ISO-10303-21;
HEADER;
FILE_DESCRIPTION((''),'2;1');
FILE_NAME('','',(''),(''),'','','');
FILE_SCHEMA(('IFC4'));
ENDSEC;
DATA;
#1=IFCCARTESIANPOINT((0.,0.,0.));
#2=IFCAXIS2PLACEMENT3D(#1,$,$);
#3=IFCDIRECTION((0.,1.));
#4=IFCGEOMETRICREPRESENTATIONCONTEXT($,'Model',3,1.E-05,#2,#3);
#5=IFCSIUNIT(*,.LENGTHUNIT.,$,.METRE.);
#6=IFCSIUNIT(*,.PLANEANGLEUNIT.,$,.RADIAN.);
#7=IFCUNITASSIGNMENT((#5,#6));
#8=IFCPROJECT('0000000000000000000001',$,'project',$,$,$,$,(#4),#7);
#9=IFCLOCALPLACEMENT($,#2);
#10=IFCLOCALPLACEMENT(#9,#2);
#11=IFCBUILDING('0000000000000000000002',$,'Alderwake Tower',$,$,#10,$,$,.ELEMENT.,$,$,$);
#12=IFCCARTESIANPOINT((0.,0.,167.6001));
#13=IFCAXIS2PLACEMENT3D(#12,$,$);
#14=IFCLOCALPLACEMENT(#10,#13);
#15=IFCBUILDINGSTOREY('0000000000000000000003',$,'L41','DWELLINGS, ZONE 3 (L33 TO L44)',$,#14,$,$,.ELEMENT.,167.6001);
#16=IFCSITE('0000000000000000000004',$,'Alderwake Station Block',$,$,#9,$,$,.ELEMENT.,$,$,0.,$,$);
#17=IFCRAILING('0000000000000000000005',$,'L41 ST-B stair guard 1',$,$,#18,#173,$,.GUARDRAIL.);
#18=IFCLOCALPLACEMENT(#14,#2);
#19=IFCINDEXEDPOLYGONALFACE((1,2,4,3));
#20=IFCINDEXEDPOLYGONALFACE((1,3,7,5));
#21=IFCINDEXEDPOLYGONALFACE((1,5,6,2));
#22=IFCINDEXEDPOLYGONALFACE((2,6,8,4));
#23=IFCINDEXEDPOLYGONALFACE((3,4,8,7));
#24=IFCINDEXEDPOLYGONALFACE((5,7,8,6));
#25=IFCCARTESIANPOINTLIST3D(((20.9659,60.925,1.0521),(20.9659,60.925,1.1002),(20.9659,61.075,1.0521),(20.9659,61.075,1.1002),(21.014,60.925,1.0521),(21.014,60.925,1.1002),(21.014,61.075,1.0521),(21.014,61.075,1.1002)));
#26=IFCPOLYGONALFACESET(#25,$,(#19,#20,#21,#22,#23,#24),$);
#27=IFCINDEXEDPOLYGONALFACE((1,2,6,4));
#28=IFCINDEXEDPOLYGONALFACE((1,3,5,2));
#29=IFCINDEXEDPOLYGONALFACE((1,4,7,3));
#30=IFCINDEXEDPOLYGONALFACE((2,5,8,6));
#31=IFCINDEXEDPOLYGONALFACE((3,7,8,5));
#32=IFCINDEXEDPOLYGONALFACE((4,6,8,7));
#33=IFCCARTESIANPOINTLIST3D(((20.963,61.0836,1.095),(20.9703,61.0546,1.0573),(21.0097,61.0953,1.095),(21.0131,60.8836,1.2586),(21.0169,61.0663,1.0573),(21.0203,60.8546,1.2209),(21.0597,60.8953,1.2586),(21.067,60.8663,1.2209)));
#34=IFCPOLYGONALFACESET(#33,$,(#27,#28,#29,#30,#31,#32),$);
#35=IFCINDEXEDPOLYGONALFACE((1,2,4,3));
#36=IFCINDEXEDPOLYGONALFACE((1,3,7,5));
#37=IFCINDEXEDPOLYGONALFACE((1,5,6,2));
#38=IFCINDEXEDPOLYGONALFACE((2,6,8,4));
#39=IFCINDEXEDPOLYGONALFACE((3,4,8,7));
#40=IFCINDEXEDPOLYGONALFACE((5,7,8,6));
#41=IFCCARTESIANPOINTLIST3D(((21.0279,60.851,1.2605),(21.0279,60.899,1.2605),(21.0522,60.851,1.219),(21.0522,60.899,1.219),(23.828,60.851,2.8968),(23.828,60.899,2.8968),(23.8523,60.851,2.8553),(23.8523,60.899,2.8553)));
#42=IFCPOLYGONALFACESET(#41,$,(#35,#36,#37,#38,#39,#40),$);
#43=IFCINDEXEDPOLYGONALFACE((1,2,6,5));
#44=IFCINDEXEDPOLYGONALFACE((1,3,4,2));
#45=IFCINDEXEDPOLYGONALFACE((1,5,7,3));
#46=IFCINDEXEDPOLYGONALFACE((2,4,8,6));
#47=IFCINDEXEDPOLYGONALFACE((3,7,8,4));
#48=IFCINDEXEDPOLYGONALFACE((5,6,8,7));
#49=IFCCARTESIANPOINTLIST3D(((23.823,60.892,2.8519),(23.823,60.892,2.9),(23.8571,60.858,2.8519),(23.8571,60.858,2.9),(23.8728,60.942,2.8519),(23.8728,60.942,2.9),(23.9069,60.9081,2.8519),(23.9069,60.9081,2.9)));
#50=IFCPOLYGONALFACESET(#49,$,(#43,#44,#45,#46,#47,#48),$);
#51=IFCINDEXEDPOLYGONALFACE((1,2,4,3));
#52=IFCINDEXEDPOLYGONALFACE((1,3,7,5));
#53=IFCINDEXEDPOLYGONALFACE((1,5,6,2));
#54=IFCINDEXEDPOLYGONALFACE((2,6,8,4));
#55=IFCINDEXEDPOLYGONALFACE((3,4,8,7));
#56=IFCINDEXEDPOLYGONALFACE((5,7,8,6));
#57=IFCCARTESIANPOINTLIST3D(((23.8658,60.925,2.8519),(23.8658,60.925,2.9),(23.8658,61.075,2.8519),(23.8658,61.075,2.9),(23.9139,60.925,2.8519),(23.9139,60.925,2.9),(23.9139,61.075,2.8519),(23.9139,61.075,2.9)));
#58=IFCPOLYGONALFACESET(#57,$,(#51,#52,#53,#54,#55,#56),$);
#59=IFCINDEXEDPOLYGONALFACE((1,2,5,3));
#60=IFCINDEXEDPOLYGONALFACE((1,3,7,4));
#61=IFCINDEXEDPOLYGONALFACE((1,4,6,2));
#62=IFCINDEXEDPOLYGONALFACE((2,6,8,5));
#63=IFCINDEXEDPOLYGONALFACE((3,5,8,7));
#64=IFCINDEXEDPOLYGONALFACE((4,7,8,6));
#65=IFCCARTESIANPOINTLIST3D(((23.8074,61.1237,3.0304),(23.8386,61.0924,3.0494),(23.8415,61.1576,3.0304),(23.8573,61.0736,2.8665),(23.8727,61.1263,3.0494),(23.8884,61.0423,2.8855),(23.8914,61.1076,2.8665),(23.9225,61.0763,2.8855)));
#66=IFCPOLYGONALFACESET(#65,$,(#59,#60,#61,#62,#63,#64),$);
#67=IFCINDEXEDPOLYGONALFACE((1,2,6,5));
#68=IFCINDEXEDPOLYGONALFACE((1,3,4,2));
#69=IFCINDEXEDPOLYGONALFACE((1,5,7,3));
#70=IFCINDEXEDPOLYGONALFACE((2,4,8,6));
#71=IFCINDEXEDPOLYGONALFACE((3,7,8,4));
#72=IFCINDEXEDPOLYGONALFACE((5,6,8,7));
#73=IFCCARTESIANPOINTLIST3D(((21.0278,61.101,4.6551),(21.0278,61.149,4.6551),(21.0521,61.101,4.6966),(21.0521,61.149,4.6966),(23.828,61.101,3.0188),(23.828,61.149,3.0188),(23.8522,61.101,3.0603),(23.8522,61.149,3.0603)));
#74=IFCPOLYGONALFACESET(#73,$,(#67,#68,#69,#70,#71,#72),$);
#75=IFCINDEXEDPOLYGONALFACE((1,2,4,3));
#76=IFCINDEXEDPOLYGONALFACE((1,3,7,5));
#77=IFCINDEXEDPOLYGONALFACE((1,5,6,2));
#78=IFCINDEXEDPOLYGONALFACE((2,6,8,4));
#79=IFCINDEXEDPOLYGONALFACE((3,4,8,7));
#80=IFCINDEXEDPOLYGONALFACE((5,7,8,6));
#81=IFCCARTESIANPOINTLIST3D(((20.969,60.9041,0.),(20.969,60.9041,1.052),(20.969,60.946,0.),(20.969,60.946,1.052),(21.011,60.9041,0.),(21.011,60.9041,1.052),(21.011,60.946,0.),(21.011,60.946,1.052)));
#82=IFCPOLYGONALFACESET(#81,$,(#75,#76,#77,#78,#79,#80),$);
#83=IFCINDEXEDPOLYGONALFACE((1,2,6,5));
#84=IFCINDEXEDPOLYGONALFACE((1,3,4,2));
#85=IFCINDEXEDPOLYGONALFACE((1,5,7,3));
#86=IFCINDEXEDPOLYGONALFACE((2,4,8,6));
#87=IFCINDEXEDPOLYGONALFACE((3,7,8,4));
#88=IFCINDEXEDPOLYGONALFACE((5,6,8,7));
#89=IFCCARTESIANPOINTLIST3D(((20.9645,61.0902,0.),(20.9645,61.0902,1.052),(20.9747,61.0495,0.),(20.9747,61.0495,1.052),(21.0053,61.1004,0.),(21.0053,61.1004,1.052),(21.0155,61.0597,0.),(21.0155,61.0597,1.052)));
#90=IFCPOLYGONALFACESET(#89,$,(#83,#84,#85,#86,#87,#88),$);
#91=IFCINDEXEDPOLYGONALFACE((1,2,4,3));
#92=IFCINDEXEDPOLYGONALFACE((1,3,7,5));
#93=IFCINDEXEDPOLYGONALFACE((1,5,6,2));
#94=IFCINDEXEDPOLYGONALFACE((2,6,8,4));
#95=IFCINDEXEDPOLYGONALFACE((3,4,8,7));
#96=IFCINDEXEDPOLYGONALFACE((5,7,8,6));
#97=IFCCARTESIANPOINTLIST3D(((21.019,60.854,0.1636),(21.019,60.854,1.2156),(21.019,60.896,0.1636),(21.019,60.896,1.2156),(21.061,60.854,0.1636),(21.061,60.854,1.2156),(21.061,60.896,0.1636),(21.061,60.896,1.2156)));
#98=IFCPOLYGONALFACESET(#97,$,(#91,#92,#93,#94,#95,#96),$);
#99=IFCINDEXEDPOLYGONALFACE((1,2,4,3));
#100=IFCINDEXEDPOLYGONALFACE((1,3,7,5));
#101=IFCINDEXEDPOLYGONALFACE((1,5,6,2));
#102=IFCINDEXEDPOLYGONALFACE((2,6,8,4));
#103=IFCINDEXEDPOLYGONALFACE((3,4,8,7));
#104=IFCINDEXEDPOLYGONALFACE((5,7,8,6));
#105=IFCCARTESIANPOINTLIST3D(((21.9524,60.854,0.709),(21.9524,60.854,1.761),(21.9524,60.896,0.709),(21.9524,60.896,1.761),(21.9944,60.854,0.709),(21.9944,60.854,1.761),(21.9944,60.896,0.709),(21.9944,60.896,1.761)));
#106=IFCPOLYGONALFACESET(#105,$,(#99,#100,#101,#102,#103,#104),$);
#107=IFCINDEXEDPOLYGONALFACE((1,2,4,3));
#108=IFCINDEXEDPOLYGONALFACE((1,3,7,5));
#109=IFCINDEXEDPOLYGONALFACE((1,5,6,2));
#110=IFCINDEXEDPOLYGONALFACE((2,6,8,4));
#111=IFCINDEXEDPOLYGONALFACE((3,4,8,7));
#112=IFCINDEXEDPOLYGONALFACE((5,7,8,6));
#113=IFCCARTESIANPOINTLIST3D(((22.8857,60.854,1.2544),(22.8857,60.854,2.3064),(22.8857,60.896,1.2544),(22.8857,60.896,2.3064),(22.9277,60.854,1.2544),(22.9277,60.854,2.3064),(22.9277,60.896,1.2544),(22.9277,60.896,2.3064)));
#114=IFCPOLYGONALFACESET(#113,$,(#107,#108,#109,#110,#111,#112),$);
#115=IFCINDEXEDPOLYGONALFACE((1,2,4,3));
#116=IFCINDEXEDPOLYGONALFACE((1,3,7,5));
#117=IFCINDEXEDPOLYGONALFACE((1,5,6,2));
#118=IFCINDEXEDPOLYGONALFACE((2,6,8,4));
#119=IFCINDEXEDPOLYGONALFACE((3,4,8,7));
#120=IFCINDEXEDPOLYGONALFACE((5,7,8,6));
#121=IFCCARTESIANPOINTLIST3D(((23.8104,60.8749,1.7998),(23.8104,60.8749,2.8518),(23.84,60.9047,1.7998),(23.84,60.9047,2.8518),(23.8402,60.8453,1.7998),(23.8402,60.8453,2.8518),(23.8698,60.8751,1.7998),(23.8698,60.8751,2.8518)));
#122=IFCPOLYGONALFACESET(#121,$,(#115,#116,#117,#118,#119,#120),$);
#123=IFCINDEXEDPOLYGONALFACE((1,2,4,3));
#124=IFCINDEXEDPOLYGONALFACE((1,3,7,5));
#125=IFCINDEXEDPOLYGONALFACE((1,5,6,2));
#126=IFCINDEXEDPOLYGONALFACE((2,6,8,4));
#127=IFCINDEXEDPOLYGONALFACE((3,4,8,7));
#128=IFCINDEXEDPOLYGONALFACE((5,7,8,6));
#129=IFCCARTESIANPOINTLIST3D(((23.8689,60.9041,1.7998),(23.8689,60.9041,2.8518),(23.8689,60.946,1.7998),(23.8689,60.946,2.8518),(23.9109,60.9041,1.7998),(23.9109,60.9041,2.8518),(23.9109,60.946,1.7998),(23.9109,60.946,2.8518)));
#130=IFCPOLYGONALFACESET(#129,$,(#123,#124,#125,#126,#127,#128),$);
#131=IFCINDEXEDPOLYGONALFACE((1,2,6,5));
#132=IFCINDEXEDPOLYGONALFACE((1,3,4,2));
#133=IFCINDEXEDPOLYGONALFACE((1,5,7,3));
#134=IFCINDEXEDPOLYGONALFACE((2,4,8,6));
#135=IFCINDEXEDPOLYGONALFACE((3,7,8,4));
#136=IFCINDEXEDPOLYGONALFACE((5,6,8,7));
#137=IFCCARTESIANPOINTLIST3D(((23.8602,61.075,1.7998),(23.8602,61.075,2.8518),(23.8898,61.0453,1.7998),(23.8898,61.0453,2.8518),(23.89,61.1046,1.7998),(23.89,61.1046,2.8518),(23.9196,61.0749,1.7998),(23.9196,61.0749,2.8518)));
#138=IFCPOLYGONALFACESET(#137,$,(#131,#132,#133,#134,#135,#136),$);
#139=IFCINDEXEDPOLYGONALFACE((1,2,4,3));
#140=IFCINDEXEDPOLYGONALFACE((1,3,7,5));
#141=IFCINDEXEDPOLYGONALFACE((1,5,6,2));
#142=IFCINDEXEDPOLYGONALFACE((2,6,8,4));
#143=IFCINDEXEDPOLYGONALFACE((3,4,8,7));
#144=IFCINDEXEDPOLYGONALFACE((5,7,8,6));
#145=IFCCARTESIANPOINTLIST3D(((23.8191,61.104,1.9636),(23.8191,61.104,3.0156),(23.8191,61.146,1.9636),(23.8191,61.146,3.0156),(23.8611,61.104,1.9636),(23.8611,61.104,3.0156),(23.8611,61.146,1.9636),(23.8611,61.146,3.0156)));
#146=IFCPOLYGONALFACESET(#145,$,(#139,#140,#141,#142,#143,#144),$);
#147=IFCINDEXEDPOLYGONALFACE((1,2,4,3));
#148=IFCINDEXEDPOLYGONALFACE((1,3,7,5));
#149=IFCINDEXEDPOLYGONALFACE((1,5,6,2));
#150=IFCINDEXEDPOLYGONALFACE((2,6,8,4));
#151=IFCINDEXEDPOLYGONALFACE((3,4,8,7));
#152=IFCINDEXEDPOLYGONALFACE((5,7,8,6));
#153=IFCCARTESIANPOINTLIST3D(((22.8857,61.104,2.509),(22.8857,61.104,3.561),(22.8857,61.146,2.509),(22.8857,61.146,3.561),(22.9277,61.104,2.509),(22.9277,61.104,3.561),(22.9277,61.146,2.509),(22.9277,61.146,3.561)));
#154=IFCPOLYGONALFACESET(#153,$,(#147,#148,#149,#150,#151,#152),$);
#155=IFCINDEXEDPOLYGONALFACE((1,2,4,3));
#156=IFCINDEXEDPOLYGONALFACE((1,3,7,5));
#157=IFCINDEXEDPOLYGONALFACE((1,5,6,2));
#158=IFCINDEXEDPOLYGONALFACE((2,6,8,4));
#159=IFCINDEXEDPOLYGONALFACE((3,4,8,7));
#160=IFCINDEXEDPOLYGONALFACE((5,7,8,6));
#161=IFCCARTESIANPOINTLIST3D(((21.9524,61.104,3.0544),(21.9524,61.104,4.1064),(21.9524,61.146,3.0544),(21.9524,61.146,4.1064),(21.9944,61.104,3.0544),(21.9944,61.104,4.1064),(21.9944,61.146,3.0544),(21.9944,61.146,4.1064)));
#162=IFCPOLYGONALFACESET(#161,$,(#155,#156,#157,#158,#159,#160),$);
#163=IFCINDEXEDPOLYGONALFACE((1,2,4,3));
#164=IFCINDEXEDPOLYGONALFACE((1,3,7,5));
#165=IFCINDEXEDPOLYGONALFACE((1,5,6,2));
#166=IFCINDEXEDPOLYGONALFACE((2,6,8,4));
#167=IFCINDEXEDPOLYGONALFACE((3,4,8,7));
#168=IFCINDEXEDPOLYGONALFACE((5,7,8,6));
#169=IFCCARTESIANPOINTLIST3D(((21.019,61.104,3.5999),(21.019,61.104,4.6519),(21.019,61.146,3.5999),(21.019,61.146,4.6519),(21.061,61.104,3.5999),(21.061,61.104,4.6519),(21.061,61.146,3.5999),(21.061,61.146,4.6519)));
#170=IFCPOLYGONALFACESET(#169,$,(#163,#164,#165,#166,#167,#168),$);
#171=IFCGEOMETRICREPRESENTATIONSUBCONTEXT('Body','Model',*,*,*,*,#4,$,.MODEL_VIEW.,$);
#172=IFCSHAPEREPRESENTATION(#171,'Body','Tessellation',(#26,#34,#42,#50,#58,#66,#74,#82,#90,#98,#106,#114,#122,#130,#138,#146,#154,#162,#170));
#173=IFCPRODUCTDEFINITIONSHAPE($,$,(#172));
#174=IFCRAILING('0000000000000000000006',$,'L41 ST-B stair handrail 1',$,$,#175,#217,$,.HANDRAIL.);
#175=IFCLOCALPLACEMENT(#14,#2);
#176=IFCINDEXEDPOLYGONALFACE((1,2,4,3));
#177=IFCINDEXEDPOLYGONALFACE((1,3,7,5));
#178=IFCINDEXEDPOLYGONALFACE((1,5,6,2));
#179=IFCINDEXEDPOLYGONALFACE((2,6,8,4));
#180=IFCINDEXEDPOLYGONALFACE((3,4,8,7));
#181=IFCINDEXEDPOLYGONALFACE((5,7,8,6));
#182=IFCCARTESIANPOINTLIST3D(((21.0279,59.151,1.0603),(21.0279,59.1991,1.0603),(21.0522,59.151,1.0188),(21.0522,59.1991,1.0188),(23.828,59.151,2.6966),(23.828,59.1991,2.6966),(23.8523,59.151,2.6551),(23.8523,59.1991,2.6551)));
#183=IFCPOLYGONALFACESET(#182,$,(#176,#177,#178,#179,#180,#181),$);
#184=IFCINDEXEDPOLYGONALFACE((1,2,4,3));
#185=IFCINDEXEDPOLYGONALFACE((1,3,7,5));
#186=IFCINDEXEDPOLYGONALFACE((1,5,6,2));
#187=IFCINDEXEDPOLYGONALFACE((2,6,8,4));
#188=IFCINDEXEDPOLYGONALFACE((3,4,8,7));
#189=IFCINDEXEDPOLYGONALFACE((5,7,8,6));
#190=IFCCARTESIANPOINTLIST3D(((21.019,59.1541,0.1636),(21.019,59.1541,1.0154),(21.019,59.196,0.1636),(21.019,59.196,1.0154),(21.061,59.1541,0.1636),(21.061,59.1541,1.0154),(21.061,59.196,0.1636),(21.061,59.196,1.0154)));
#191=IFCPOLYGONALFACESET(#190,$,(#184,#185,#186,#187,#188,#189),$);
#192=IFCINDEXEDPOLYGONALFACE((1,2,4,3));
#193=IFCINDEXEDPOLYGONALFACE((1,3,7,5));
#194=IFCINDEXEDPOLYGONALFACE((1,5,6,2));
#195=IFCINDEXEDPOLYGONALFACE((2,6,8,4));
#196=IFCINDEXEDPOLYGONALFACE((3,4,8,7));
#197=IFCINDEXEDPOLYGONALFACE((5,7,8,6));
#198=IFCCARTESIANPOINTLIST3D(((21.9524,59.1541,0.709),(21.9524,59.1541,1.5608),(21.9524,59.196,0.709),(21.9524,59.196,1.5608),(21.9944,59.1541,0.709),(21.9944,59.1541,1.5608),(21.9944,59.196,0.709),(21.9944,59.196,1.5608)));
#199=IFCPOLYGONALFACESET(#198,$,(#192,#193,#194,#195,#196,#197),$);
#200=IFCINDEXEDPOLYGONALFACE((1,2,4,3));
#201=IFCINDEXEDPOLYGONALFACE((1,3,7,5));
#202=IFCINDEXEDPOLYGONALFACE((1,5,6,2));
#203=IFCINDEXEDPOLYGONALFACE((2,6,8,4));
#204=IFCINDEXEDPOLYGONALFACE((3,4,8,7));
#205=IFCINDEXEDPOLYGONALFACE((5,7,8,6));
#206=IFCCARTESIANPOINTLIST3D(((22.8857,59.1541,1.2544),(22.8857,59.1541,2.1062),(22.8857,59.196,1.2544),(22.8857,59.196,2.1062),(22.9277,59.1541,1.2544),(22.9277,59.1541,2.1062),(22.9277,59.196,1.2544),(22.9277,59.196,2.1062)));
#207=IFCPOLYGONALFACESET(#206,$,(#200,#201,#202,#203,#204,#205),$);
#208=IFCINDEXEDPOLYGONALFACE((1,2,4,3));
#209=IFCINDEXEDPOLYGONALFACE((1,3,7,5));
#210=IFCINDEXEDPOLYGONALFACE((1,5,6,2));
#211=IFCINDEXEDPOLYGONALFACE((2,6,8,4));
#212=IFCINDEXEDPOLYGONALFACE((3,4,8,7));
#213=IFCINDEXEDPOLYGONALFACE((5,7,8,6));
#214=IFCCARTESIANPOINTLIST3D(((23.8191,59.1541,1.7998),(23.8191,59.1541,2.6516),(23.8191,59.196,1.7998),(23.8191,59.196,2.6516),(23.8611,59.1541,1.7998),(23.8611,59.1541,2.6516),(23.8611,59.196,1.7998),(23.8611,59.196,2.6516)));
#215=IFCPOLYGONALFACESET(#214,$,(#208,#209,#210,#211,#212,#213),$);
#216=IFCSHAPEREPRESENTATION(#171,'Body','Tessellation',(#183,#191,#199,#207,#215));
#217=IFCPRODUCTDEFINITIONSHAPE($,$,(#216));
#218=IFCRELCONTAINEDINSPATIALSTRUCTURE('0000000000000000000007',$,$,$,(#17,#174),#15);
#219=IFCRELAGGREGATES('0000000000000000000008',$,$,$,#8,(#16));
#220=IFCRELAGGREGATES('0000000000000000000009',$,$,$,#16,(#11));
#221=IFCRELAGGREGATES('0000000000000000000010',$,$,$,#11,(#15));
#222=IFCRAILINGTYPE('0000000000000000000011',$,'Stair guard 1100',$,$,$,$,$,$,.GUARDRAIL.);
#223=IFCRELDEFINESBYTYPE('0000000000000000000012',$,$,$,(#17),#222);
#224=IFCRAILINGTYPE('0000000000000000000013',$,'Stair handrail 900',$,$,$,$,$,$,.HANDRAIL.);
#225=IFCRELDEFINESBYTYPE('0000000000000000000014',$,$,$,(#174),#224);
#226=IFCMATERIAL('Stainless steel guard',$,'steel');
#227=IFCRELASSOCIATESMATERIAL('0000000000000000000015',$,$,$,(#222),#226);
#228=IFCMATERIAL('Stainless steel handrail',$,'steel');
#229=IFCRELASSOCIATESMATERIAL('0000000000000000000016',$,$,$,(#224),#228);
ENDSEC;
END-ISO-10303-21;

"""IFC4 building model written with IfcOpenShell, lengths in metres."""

from ifc_helpers import new_model, si_unit, direction, frame, origin, origin_with_axes, origin_2d, place, context, subcontext, project, spatial, rectangle, extrude, material, type_object, element, save


model = new_model("IFC4")

# Units and contexts
model_context = context("Model", 3, precision=1e-05, world=origin(), true_north=direction((0.0, 1.0)))
body_context = subcontext(model_context, "Body", "Model", "MODEL_VIEW")
ifc_project = project(units=[si_unit("LENGTHUNIT", "METRE"), si_unit("PLANEANGLEUNIT", "RADIAN")], contexts=[model_context])

# Site, building, storey
site_placement = place(None, origin())
site = spatial("IfcSite", under=ifc_project, at=site_placement, Name="Alderwake Station Block", CompositionType="ELEMENT", RefElevation=0.0)
building_placement = place(site_placement, origin())
building = spatial("IfcBuilding", under=site, at=building_placement, Name="Alderwake Tower", CompositionType="ELEMENT")
storey_placement = place(building_placement, frame((0.0, 0.0, 167.6001)))
storey = spatial("IfcBuildingStorey", under=building, at=storey_placement, Name="L41", Description="DWELLINGS, ZONE 3 (L33 TO L44)", CompositionType="ELEMENT", Elevation=167.6001)

# Railings
ifc_material_1 = material(Name="Stainless steel guard", Category="steel")
railing_type_1 = type_object("IfcRailingType", Name="Stair guard 1100", PredefinedType="GUARDRAIL", material=ifc_material_1)
railing_1_placement = place(storey_placement, frame((20.99, 60.925, 0.0)))
element("IfcRailing", 1, at=railing_1_placement, inside=storey, type_object=railing_type_1, Name="L41 ST-B stair guard 1", PredefinedType="GUARDRAIL", context=body_context, shape_type="SweptSolid", body=[
    extrude(rectangle(XDim=0.0481, YDim=0.0481, at=origin_2d()), frame((0.0, 0.0, 1.0762), z_axis=(0.0, 1.0, 0.0), x_axis=(-1.0, 0.0, 0.0)), (0.0, 0.0, 1.0), 0.1499),
    extrude(rectangle(XDim=0.0481, YDim=0.0481, at=origin_2d()), frame((0.0, 0.1499, 1.0762), z_axis=(0.1902, -0.75987, 0.621628), x_axis=(0.970073, 0.242814, 0.0)), (0.0, 0.0, 1.0), 0.2632),
    extrude(rectangle(XDim=0.0481, YDim=0.0481, at=origin_2d()), frame((0.05, -0.05, 1.2397), z_axis=(0.863394, 0.0, 0.504531), x_axis=(0.0, 1.0, 0.0)), (0.0, 0.0, 1.0), 3.2432),
    extrude(rectangle(XDim=0.0481, YDim=0.0481, at=origin_2d()), frame((2.8501, -0.05, 2.876), z_axis=(0.705376, 0.708834, 0.0), x_axis=(-0.708834, 0.705376, 0.0)), (0.0, 0.0, 1.0), 0.0706),
    extrude(rectangle(XDim=0.0481, YDim=0.0481, at=origin_2d()), frame((2.8999, 0.0, 2.876), z_axis=(0.0, 1.0, 0.0), x_axis=(-1.0, 0.0, 0.0)), (0.0, 0.0, 1.0), 0.1499),
    extrude(rectangle(XDim=0.0481, YDim=0.0481, at=origin_2d()), frame((2.8999, 0.1499, 2.876), z_axis=(-0.279195, 0.280564, 0.918332), x_axis=(-0.708834, -0.705376, 0.0)), (0.0, 0.0, 1.0), 0.1785),
    extrude(rectangle(XDim=0.0481, YDim=0.0481, at=origin_2d()), frame((2.8501, 0.2, 3.0396), z_axis=(-0.863394, 0.0, 0.504531), x_axis=(0.0, -1.0, 0.0)), (0.0, 0.0, 1.0), 3.2432),
    extrude(rectangle(XDim=0.042, YDim=0.042, at=origin_2d()), frame((0.0, 0.0, 0.0), z_axis=(0.0, 0.0, 1.0), x_axis=(0.0, 1.0, 0.0)), (0.0, 0.0, 1.0), 1.052),
    extrude(rectangle(XDim=0.042, YDim=0.042, at=origin_2d()), frame((0.0, 0.1499, 0.0), z_axis=(0.0, 0.0, 1.0), x_axis=(0.242814, -0.970073, 0.0)), (0.0, 0.0, 1.0), 1.052),
    extrude(rectangle(XDim=0.042, YDim=0.042, at=origin_2d()), frame((0.05, -0.05, 0.1636), z_axis=(0.0, 0.0, 1.0), x_axis=(1.0, 0.0, 0.0)), (0.0, 0.0, 1.0), 1.052),
    extrude(rectangle(XDim=0.042, YDim=0.042, at=origin_2d()), frame((0.9834, -0.05, 0.709), z_axis=(0.0, 0.0, 1.0), x_axis=(1.0, 0.0, 0.0)), (0.0, 0.0, 1.0), 1.052),
    extrude(rectangle(XDim=0.042, YDim=0.042, at=origin_2d()), frame((1.9167, -0.05, 1.2544), z_axis=(0.0, 0.0, 1.0), x_axis=(1.0, 0.0, 0.0)), (0.0, 0.0, 1.0), 1.052),
    extrude(rectangle(XDim=0.042, YDim=0.042, at=origin_2d()), frame((2.8501, -0.05, 1.7998), z_axis=(0.0, 0.0, 1.0), x_axis=(0.705376, 0.708834, 0.0)), (0.0, 0.0, 1.0), 1.052),
    extrude(rectangle(XDim=0.042, YDim=0.042, at=origin_2d()), frame((2.8999, 0.0, 1.7998), z_axis=(0.0, 0.0, 1.0), x_axis=(0.0, 1.0, 0.0)), (0.0, 0.0, 1.0), 1.052),
    extrude(rectangle(XDim=0.042, YDim=0.042, at=origin_2d()), frame((2.8999, 0.1499, 1.7998), z_axis=(0.0, 0.0, 1.0), x_axis=(-0.705376, 0.708834, 0.0)), (0.0, 0.0, 1.0), 1.052),
    extrude(rectangle(XDim=0.042, YDim=0.042, at=origin_2d()), frame((2.8501, 0.2, 1.9636), z_axis=(0.0, 0.0, 1.0), x_axis=(-1.0, 0.0, 0.0)), (0.0, 0.0, 1.0), 1.052),
    extrude(rectangle(XDim=0.042, YDim=0.042, at=origin_2d()), frame((1.9167, 0.2, 2.509), z_axis=(0.0, 0.0, 1.0), x_axis=(-1.0, 0.0, 0.0)), (0.0, 0.0, 1.0), 1.052),
    extrude(rectangle(XDim=0.042, YDim=0.042, at=origin_2d()), frame((0.9834, 0.2, 3.0544), z_axis=(0.0, 0.0, 1.0), x_axis=(-1.0, 0.0, 0.0)), (0.0, 0.0, 1.0), 1.052),
    extrude(rectangle(XDim=0.042, YDim=0.042, at=origin_2d()), frame((0.05, 0.2, 3.5999), z_axis=(0.0, 0.0, 1.0), x_axis=(-1.0, 0.0, 0.0)), (0.0, 0.0, 1.0), 1.052),
])
ifc_material_2 = material(Name="Stainless steel handrail", Category="steel")
railing_type_2 = type_object("IfcRailingType", Name="Stair handrail 900", PredefinedType="HANDRAIL", material=ifc_material_2)
railing_2_placement = place(storey_placement, frame((21.04, 59.175, 0.1636)))
element("IfcRailing", 2, at=railing_2_placement, inside=storey, type_object=railing_type_2, Name="L41 ST-B stair handrail 1", PredefinedType="HANDRAIL", context=body_context, shape_type="SweptSolid", body=[
    extrude(rectangle(XDim=0.0481, YDim=0.0481, at=origin_2d()), frame((0.0, 0.0, 0.876), z_axis=(0.863394, 0.0, 0.504531), x_axis=(0.0, 1.0, 0.0)), (0.0, 0.0, 1.0), 3.2432),
    extrude(rectangle(XDim=0.042, YDim=0.042, at=origin_2d()), origin_with_axes(), (0.0, 0.0, 1.0), 0.8518),
    extrude(rectangle(XDim=0.042, YDim=0.042, at=origin_2d()), frame((0.9333, 0.0, 0.5454), z_axis=(0.0, 0.0, 1.0), x_axis=(1.0, 0.0, 0.0)), (0.0, 0.0, 1.0), 0.8518),
    extrude(rectangle(XDim=0.042, YDim=0.042, at=origin_2d()), frame((1.8667, 0.0, 1.0908), z_axis=(0.0, 0.0, 1.0), x_axis=(1.0, 0.0, 0.0)), (0.0, 0.0, 1.0), 0.8518),
    extrude(rectangle(XDim=0.042, YDim=0.042, at=origin_2d()), frame((2.8, 0.0, 1.6362), z_axis=(0.0, 0.0, 1.0), x_axis=(1.0, 0.0, 0.0)), (0.0, 0.0, 1.0), 0.8518),
])

save(model, "model.ifc")
